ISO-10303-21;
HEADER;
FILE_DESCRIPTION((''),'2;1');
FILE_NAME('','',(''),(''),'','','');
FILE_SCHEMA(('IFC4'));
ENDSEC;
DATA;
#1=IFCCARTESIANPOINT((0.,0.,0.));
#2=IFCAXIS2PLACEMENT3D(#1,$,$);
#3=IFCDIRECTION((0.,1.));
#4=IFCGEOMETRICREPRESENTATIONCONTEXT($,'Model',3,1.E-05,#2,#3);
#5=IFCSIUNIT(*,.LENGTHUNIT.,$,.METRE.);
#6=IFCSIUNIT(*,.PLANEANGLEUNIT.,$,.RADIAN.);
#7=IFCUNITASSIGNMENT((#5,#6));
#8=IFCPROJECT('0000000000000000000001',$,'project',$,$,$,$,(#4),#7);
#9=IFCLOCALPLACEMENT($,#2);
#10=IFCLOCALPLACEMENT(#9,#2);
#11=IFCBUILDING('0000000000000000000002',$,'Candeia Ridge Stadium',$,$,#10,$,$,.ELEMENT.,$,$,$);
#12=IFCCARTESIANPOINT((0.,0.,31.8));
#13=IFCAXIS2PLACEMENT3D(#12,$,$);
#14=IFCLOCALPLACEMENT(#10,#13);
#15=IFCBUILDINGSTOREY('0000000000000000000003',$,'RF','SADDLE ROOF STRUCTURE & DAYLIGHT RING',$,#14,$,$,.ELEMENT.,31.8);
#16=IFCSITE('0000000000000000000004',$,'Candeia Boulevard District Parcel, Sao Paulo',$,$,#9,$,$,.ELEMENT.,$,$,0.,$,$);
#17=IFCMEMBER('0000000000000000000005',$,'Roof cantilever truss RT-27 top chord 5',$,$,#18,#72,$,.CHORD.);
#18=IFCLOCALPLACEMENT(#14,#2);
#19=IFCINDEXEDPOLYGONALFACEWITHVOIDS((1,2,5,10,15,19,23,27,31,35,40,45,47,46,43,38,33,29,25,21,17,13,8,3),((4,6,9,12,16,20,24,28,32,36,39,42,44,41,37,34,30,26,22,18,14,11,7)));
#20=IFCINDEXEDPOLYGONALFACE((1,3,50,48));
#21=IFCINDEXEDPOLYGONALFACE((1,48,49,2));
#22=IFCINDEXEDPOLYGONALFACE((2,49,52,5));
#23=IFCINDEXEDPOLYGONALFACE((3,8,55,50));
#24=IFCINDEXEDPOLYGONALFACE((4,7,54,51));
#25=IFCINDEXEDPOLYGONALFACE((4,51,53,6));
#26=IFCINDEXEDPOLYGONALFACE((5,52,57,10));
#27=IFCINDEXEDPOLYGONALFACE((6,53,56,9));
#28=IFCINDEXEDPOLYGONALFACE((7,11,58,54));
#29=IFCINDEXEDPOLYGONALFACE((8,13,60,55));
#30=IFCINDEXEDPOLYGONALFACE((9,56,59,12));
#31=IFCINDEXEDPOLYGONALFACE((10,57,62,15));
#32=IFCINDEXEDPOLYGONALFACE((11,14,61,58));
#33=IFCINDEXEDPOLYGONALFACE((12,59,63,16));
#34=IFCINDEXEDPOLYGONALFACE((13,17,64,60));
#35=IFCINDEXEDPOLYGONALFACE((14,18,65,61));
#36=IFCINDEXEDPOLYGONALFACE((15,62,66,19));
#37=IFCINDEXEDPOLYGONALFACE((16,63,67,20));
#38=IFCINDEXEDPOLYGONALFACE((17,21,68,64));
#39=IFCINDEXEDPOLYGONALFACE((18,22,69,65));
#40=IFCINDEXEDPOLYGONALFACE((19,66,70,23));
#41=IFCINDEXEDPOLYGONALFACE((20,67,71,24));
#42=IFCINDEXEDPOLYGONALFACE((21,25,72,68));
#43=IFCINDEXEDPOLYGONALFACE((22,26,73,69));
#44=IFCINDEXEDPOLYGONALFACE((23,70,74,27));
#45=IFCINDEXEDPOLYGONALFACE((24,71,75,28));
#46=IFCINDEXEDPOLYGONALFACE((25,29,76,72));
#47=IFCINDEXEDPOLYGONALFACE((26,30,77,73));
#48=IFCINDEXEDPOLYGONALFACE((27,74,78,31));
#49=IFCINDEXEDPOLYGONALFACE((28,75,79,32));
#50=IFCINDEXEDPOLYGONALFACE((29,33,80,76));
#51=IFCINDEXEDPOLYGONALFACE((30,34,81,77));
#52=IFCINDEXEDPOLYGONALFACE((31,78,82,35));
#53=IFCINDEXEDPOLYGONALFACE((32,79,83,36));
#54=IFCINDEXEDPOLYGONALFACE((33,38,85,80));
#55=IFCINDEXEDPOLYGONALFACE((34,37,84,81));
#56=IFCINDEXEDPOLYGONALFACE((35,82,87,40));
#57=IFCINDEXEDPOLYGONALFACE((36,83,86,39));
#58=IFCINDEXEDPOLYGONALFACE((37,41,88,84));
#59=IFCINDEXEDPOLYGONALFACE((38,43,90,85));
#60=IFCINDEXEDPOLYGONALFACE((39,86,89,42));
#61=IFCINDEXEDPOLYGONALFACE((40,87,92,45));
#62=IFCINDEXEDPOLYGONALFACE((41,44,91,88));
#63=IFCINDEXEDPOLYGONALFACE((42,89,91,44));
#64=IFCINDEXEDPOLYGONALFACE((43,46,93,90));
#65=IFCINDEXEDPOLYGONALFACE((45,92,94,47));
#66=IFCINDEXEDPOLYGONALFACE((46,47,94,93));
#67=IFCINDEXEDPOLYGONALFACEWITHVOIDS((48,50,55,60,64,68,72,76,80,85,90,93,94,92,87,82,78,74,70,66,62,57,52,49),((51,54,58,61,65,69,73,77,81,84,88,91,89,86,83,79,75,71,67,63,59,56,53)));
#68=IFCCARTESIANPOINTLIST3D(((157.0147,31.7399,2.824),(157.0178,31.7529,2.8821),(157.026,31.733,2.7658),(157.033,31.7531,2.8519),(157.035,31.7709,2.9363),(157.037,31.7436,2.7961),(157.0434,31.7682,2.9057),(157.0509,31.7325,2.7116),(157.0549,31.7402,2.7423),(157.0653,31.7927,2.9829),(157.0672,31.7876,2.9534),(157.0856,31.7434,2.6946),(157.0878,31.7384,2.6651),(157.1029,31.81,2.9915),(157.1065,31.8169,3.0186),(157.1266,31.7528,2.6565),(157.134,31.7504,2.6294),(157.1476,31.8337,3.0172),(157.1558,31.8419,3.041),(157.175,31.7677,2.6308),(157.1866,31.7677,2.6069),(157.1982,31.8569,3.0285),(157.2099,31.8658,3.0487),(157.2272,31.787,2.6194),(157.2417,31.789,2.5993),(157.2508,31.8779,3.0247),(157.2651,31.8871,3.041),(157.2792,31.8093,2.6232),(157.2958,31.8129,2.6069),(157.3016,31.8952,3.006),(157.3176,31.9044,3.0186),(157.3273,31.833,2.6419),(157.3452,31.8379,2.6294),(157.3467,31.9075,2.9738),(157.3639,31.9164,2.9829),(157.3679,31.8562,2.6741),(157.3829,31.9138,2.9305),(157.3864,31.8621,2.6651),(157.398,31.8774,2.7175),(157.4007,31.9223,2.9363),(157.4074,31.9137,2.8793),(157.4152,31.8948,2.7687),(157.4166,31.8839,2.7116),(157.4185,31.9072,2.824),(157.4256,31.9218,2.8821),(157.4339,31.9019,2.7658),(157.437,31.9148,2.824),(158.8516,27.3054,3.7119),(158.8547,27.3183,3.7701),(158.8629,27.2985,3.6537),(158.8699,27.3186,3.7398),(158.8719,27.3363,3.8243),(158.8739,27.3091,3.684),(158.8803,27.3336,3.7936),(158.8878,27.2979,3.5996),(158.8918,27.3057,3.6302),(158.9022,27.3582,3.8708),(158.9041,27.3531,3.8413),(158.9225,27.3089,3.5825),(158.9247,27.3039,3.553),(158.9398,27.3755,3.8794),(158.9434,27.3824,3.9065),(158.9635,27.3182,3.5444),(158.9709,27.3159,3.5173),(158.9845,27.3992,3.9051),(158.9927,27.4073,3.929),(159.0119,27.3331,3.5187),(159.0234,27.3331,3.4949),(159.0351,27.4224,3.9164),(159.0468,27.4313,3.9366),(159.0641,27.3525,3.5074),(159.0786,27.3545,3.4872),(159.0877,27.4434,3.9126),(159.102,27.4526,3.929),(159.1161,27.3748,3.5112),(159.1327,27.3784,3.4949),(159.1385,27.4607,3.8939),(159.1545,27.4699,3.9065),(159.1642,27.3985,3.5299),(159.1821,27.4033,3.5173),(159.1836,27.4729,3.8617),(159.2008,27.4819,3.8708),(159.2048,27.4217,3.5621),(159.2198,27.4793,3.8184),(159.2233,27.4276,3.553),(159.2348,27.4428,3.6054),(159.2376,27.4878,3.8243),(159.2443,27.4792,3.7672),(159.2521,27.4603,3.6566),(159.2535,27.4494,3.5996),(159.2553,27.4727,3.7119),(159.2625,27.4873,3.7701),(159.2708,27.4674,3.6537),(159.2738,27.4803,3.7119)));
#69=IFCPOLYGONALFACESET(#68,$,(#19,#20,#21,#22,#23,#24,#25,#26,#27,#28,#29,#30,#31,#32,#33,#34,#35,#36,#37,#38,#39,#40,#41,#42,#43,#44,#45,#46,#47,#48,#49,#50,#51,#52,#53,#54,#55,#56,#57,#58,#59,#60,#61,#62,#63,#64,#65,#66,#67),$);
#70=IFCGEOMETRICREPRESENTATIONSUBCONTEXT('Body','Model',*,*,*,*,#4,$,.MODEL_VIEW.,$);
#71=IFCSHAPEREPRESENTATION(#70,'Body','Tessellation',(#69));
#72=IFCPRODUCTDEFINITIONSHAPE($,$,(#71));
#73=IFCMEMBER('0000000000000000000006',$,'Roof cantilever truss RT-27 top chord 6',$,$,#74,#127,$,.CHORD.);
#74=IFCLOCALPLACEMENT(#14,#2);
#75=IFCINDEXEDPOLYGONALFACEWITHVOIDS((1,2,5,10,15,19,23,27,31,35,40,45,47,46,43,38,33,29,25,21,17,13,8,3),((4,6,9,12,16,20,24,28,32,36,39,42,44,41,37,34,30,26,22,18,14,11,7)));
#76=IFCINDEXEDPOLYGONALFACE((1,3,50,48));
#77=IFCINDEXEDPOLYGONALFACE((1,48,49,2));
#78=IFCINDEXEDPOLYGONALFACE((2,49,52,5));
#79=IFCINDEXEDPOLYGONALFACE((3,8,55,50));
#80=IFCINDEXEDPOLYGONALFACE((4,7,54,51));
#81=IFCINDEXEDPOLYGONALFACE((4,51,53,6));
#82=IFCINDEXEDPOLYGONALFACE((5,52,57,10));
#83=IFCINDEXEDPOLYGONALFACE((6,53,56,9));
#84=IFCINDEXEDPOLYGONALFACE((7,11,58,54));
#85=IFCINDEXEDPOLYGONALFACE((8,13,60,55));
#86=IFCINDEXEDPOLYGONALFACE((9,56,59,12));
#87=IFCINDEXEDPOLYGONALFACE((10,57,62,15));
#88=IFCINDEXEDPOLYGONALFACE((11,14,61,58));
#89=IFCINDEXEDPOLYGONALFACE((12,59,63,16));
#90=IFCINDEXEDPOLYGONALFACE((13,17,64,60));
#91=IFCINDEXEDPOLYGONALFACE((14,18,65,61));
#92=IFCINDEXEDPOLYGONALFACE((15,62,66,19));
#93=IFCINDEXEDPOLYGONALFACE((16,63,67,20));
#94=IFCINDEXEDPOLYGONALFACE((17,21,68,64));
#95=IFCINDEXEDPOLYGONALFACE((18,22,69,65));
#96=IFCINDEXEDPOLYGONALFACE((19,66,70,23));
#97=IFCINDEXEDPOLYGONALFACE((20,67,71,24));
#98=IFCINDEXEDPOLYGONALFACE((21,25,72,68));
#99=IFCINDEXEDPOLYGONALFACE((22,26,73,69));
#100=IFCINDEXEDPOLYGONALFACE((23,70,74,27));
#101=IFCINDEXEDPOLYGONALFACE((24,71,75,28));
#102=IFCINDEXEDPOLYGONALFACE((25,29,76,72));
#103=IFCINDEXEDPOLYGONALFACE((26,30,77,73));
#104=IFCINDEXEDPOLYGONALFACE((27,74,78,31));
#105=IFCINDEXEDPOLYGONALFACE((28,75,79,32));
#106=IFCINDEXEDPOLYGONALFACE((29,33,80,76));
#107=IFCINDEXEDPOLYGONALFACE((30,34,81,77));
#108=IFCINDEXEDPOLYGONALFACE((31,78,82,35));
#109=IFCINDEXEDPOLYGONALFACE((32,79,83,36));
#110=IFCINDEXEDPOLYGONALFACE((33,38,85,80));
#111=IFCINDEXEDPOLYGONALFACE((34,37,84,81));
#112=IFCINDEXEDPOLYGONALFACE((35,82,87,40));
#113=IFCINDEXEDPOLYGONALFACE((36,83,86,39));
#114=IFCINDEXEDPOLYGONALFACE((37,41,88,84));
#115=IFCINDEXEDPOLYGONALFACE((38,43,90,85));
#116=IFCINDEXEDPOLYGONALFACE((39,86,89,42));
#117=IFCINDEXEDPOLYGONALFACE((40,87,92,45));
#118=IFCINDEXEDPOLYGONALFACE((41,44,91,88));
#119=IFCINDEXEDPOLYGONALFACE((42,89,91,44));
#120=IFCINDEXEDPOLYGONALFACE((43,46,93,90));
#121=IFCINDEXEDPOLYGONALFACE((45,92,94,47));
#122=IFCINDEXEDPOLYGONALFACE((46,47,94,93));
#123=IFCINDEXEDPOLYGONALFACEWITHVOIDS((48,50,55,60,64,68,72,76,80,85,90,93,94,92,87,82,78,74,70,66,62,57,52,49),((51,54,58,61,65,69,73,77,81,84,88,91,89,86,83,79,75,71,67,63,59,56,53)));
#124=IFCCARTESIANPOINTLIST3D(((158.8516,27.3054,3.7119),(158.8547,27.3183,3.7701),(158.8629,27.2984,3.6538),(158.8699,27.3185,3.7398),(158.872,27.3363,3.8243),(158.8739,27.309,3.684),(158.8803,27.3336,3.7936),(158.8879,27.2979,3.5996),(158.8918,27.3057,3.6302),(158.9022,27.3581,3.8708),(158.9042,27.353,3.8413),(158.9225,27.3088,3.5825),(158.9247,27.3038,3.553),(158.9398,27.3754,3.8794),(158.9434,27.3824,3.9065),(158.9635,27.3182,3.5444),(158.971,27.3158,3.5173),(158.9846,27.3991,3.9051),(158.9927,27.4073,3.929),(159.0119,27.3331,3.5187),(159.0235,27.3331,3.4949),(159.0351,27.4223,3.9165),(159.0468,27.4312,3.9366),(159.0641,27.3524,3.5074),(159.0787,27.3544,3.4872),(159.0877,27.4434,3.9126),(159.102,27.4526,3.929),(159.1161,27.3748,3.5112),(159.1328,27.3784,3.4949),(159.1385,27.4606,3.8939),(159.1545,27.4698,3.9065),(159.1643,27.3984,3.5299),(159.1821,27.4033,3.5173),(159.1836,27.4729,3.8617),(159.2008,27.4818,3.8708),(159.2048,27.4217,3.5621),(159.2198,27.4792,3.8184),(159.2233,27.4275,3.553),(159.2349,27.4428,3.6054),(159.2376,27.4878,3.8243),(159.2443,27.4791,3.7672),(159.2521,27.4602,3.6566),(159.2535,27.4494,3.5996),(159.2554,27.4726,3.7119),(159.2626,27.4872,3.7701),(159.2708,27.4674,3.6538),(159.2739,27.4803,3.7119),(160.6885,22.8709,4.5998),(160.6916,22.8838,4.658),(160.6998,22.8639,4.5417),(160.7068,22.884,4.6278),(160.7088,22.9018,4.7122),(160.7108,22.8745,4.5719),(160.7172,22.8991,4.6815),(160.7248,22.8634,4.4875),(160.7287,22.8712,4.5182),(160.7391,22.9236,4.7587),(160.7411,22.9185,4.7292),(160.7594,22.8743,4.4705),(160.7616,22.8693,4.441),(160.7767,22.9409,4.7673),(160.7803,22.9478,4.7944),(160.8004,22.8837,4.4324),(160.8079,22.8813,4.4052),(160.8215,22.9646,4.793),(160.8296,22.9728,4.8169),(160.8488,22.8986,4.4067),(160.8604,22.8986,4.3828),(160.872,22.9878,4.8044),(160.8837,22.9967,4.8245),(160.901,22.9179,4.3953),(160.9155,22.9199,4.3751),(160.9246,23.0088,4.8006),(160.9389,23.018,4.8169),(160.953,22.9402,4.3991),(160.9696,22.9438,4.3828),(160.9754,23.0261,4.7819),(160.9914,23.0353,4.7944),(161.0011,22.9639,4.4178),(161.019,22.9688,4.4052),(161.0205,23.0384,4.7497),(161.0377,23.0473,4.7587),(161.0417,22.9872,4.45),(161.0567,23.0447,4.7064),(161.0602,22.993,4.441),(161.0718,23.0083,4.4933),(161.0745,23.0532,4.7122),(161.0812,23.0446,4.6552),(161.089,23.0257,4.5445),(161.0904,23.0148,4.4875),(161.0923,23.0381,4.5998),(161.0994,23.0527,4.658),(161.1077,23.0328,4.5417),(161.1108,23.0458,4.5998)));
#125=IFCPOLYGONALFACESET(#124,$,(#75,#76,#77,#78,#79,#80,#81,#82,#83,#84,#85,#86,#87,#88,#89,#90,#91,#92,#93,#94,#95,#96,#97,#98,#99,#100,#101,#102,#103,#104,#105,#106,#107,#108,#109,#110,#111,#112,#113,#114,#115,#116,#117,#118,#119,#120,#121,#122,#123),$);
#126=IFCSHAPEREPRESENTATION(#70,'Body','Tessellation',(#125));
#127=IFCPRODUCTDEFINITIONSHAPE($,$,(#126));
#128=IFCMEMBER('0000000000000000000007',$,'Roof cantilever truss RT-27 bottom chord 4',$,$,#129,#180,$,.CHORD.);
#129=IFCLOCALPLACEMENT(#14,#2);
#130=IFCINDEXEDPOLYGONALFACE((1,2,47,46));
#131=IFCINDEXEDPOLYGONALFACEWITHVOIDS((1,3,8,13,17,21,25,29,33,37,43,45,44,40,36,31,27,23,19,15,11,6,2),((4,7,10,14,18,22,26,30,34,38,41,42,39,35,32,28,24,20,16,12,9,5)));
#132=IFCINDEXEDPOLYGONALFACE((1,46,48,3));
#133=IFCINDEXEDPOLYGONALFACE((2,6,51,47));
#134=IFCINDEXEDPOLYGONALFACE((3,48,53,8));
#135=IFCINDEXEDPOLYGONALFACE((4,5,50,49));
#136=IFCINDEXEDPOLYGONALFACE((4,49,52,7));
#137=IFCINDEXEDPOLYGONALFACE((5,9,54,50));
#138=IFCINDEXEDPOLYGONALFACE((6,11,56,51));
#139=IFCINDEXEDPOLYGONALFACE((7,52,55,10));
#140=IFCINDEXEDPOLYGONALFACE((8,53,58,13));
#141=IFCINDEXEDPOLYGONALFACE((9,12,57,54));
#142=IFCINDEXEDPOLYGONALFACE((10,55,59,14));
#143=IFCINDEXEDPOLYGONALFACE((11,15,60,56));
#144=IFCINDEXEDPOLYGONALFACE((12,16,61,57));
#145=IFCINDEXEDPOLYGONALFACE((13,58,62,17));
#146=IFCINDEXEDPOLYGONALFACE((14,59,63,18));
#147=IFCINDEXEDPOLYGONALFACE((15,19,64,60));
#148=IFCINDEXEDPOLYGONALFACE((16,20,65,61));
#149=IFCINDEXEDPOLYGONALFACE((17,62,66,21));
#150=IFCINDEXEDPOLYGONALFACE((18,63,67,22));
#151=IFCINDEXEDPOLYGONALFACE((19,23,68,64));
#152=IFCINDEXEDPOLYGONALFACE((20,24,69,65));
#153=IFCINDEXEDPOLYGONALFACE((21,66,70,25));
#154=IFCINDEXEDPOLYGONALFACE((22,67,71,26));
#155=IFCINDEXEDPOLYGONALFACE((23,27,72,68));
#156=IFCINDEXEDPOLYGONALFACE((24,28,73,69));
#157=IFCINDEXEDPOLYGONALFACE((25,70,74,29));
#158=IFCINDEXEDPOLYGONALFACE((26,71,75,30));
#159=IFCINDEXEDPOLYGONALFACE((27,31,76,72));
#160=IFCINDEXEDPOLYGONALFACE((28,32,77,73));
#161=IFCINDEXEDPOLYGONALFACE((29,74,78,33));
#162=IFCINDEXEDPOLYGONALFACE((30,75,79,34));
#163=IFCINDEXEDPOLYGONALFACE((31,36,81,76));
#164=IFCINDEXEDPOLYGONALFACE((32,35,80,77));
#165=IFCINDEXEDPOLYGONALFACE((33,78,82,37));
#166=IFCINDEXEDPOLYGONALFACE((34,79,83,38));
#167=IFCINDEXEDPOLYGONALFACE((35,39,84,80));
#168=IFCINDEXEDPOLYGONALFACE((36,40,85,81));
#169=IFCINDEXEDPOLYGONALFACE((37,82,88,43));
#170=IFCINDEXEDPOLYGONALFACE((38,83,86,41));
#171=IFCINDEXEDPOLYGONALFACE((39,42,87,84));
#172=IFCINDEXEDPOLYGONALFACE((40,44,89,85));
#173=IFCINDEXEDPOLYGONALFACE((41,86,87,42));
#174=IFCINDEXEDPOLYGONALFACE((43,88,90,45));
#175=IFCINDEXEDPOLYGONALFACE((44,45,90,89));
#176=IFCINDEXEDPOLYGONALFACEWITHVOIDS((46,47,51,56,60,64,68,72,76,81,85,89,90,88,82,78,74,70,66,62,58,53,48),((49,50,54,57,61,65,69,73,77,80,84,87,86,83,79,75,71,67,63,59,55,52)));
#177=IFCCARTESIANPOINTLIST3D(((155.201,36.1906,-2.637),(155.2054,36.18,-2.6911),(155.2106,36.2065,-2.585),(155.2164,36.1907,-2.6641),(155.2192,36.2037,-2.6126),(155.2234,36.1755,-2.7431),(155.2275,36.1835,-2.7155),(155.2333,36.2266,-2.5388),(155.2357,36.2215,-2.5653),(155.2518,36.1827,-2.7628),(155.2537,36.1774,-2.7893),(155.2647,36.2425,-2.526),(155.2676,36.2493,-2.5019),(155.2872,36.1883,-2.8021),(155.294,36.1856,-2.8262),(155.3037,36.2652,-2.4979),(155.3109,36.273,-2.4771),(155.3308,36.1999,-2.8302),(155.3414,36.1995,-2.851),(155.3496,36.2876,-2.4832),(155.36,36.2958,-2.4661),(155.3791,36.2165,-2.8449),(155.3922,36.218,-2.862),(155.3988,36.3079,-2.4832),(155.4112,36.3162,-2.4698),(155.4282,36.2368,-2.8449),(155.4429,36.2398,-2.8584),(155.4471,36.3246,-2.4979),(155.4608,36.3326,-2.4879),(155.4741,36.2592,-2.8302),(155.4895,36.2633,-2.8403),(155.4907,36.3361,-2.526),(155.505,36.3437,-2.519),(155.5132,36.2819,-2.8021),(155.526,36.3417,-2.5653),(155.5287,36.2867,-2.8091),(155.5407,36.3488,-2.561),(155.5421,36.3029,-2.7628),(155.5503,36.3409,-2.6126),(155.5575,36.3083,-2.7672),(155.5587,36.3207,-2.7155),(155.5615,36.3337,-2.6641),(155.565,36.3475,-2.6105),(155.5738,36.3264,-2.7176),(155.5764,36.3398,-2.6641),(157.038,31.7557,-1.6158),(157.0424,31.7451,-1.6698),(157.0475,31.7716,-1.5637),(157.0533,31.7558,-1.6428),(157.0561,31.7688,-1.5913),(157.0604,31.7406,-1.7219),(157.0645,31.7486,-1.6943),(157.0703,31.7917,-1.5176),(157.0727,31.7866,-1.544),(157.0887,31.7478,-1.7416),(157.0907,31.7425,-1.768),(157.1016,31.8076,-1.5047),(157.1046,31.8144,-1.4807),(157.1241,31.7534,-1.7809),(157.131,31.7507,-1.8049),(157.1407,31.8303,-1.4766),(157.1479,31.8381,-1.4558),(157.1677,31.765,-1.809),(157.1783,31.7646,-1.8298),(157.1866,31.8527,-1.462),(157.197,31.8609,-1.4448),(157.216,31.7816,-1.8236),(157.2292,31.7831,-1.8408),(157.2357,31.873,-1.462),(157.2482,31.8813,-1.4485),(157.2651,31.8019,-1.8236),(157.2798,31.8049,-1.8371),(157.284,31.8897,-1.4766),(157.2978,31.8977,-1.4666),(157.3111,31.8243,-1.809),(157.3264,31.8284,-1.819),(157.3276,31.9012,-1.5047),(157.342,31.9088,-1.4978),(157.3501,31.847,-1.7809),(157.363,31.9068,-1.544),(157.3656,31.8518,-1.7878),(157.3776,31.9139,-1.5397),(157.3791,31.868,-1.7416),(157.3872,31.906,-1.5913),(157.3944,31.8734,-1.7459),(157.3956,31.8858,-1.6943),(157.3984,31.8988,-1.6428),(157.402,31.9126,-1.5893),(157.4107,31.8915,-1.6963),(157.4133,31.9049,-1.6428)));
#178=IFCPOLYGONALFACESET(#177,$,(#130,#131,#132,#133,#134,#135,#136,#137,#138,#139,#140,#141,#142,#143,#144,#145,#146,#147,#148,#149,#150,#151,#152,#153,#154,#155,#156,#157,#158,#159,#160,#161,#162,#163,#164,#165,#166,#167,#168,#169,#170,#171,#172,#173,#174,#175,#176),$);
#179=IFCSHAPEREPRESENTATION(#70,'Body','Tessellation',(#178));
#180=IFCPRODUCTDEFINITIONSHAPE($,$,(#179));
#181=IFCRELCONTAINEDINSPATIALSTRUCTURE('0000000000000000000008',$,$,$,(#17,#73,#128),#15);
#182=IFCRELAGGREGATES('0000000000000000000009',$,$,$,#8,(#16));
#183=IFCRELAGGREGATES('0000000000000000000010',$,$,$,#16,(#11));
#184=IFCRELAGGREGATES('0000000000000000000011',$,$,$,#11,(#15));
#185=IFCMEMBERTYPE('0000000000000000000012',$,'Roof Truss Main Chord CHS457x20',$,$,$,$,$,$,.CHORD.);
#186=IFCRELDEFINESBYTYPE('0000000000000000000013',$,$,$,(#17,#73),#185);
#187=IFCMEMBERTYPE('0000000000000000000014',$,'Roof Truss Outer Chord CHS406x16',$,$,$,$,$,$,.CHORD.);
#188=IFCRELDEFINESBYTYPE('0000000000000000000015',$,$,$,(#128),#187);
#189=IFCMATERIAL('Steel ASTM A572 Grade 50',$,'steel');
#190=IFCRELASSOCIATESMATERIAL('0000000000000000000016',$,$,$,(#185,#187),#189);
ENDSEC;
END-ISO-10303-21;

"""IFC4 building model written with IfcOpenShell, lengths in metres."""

from ifc_helpers import new_model, si_unit, direction, frame, origin, origin_2d, place, context, subcontext, project, spatial, hollow_circle, extrude, material, material_profile, profile_set, type_object, element, save


model = new_model("IFC4")

# Units and contexts
model_context = context("Model", 3, precision=1e-05, world=origin(), true_north=direction((0.0, 1.0)))
body_context = subcontext(model_context, "Body", "Model", "MODEL_VIEW")
ifc_project = project(units=[si_unit("LENGTHUNIT", "METRE"), si_unit("PLANEANGLEUNIT", "RADIAN")], contexts=[model_context])

# Site, building, storey
site_placement = place(None, origin())
site = spatial("IfcSite", under=ifc_project, at=site_placement, Name="Candeia Boulevard District Parcel, Sao Paulo", CompositionType="ELEMENT", RefElevation=0.0)
building_placement = place(site_placement, origin())
building = spatial("IfcBuilding", under=site, at=building_placement, Name="Candeia Ridge Stadium", CompositionType="ELEMENT")
storey_placement = place(building_placement, frame((0.0, 0.0, 31.8)))
storey = spatial("IfcBuildingStorey", under=building, at=storey_placement, Name="RF", Description="SADDLE ROOF STRUCTURE & DAYLIGHT RING", CompositionType="ELEMENT", Elevation=31.8)

# Shared definitions
ifc_material_1 = material(Name="Steel ASTM A572 Grade 50", Category="steel")

# Members
ifc_material_profile_1 = material_profile(ifc_material_1, hollow_circle(Radius=0.2285, WallThickness=0.02, at=origin_2d()), Name="CHS457x20", Category="steel")
ifc_profile_set_1 = profile_set([ifc_material_profile_1], Name="Steel ASTM A572 Grade 50")
member_type_1 = type_object("IfcMemberType", Name="Roof Truss Main Chord CHS457x20", PredefinedType="CHORD", material=ifc_profile_set_1)
for number, where, z_axis, x_axis, name in (
    (1, (157.2258, 31.8274, 2.824), (0.376309, -0.908462, 0.181902), (0.923875, 0.382693, 0.0), "Roof cantilever truss RT-27 top chord 5"),
    (2, (159.0627, 27.3928, 3.7119), (0.376309, -0.908462, 0.181902), (0.923875, 0.382693, 0.0), "Roof cantilever truss RT-27 top chord 6"),
):
    element("IfcMember", number, at=place(storey_placement, frame(where, z_axis=z_axis, x_axis=x_axis)), inside=storey, type_object=member_type_1, Name=name, PredefinedType="CHORD", context=body_context, shape_type="SweptSolid", body=[
        extrude(hollow_circle(Radius=0.2285, WallThickness=0.02, at=origin_2d()), origin(), (0.0, 0.0, 1.0), 4.8813),
    ])
ifc_material_profile_2 = material_profile(ifc_material_1, hollow_circle(Radius=0.2029, WallThickness=0.0161, at=origin_2d()), Name="CHS406x16", Category="steel")
ifc_profile_set_2 = profile_set([ifc_material_profile_2], Name="Steel ASTM A572 Grade 50")
member_type_2 = type_object("IfcMemberType", Name="Roof Truss Outer Chord CHS406x16", PredefinedType="CHORD", material=ifc_profile_set_2)
member_1_placement = place(storey_placement, frame((155.3889, 36.2622, -2.6641), z_axis=(0.374298, -0.903658, 0.208093), x_axis=(0.923883, 0.382675, 0.0)))
element("IfcMember", 3, at=member_1_placement, inside=storey, type_object=member_type_2, Name="Roof cantilever truss RT-27 bottom chord 4", PredefinedType="CHORD", context=body_context, shape_type="SweptSolid", body=[
    extrude(hollow_circle(Radius=0.2029, WallThickness=0.0161, at=origin_2d()), origin(), (0.0, 0.0, 1.0), 4.9077),
])

save(model, "model.ifc")
